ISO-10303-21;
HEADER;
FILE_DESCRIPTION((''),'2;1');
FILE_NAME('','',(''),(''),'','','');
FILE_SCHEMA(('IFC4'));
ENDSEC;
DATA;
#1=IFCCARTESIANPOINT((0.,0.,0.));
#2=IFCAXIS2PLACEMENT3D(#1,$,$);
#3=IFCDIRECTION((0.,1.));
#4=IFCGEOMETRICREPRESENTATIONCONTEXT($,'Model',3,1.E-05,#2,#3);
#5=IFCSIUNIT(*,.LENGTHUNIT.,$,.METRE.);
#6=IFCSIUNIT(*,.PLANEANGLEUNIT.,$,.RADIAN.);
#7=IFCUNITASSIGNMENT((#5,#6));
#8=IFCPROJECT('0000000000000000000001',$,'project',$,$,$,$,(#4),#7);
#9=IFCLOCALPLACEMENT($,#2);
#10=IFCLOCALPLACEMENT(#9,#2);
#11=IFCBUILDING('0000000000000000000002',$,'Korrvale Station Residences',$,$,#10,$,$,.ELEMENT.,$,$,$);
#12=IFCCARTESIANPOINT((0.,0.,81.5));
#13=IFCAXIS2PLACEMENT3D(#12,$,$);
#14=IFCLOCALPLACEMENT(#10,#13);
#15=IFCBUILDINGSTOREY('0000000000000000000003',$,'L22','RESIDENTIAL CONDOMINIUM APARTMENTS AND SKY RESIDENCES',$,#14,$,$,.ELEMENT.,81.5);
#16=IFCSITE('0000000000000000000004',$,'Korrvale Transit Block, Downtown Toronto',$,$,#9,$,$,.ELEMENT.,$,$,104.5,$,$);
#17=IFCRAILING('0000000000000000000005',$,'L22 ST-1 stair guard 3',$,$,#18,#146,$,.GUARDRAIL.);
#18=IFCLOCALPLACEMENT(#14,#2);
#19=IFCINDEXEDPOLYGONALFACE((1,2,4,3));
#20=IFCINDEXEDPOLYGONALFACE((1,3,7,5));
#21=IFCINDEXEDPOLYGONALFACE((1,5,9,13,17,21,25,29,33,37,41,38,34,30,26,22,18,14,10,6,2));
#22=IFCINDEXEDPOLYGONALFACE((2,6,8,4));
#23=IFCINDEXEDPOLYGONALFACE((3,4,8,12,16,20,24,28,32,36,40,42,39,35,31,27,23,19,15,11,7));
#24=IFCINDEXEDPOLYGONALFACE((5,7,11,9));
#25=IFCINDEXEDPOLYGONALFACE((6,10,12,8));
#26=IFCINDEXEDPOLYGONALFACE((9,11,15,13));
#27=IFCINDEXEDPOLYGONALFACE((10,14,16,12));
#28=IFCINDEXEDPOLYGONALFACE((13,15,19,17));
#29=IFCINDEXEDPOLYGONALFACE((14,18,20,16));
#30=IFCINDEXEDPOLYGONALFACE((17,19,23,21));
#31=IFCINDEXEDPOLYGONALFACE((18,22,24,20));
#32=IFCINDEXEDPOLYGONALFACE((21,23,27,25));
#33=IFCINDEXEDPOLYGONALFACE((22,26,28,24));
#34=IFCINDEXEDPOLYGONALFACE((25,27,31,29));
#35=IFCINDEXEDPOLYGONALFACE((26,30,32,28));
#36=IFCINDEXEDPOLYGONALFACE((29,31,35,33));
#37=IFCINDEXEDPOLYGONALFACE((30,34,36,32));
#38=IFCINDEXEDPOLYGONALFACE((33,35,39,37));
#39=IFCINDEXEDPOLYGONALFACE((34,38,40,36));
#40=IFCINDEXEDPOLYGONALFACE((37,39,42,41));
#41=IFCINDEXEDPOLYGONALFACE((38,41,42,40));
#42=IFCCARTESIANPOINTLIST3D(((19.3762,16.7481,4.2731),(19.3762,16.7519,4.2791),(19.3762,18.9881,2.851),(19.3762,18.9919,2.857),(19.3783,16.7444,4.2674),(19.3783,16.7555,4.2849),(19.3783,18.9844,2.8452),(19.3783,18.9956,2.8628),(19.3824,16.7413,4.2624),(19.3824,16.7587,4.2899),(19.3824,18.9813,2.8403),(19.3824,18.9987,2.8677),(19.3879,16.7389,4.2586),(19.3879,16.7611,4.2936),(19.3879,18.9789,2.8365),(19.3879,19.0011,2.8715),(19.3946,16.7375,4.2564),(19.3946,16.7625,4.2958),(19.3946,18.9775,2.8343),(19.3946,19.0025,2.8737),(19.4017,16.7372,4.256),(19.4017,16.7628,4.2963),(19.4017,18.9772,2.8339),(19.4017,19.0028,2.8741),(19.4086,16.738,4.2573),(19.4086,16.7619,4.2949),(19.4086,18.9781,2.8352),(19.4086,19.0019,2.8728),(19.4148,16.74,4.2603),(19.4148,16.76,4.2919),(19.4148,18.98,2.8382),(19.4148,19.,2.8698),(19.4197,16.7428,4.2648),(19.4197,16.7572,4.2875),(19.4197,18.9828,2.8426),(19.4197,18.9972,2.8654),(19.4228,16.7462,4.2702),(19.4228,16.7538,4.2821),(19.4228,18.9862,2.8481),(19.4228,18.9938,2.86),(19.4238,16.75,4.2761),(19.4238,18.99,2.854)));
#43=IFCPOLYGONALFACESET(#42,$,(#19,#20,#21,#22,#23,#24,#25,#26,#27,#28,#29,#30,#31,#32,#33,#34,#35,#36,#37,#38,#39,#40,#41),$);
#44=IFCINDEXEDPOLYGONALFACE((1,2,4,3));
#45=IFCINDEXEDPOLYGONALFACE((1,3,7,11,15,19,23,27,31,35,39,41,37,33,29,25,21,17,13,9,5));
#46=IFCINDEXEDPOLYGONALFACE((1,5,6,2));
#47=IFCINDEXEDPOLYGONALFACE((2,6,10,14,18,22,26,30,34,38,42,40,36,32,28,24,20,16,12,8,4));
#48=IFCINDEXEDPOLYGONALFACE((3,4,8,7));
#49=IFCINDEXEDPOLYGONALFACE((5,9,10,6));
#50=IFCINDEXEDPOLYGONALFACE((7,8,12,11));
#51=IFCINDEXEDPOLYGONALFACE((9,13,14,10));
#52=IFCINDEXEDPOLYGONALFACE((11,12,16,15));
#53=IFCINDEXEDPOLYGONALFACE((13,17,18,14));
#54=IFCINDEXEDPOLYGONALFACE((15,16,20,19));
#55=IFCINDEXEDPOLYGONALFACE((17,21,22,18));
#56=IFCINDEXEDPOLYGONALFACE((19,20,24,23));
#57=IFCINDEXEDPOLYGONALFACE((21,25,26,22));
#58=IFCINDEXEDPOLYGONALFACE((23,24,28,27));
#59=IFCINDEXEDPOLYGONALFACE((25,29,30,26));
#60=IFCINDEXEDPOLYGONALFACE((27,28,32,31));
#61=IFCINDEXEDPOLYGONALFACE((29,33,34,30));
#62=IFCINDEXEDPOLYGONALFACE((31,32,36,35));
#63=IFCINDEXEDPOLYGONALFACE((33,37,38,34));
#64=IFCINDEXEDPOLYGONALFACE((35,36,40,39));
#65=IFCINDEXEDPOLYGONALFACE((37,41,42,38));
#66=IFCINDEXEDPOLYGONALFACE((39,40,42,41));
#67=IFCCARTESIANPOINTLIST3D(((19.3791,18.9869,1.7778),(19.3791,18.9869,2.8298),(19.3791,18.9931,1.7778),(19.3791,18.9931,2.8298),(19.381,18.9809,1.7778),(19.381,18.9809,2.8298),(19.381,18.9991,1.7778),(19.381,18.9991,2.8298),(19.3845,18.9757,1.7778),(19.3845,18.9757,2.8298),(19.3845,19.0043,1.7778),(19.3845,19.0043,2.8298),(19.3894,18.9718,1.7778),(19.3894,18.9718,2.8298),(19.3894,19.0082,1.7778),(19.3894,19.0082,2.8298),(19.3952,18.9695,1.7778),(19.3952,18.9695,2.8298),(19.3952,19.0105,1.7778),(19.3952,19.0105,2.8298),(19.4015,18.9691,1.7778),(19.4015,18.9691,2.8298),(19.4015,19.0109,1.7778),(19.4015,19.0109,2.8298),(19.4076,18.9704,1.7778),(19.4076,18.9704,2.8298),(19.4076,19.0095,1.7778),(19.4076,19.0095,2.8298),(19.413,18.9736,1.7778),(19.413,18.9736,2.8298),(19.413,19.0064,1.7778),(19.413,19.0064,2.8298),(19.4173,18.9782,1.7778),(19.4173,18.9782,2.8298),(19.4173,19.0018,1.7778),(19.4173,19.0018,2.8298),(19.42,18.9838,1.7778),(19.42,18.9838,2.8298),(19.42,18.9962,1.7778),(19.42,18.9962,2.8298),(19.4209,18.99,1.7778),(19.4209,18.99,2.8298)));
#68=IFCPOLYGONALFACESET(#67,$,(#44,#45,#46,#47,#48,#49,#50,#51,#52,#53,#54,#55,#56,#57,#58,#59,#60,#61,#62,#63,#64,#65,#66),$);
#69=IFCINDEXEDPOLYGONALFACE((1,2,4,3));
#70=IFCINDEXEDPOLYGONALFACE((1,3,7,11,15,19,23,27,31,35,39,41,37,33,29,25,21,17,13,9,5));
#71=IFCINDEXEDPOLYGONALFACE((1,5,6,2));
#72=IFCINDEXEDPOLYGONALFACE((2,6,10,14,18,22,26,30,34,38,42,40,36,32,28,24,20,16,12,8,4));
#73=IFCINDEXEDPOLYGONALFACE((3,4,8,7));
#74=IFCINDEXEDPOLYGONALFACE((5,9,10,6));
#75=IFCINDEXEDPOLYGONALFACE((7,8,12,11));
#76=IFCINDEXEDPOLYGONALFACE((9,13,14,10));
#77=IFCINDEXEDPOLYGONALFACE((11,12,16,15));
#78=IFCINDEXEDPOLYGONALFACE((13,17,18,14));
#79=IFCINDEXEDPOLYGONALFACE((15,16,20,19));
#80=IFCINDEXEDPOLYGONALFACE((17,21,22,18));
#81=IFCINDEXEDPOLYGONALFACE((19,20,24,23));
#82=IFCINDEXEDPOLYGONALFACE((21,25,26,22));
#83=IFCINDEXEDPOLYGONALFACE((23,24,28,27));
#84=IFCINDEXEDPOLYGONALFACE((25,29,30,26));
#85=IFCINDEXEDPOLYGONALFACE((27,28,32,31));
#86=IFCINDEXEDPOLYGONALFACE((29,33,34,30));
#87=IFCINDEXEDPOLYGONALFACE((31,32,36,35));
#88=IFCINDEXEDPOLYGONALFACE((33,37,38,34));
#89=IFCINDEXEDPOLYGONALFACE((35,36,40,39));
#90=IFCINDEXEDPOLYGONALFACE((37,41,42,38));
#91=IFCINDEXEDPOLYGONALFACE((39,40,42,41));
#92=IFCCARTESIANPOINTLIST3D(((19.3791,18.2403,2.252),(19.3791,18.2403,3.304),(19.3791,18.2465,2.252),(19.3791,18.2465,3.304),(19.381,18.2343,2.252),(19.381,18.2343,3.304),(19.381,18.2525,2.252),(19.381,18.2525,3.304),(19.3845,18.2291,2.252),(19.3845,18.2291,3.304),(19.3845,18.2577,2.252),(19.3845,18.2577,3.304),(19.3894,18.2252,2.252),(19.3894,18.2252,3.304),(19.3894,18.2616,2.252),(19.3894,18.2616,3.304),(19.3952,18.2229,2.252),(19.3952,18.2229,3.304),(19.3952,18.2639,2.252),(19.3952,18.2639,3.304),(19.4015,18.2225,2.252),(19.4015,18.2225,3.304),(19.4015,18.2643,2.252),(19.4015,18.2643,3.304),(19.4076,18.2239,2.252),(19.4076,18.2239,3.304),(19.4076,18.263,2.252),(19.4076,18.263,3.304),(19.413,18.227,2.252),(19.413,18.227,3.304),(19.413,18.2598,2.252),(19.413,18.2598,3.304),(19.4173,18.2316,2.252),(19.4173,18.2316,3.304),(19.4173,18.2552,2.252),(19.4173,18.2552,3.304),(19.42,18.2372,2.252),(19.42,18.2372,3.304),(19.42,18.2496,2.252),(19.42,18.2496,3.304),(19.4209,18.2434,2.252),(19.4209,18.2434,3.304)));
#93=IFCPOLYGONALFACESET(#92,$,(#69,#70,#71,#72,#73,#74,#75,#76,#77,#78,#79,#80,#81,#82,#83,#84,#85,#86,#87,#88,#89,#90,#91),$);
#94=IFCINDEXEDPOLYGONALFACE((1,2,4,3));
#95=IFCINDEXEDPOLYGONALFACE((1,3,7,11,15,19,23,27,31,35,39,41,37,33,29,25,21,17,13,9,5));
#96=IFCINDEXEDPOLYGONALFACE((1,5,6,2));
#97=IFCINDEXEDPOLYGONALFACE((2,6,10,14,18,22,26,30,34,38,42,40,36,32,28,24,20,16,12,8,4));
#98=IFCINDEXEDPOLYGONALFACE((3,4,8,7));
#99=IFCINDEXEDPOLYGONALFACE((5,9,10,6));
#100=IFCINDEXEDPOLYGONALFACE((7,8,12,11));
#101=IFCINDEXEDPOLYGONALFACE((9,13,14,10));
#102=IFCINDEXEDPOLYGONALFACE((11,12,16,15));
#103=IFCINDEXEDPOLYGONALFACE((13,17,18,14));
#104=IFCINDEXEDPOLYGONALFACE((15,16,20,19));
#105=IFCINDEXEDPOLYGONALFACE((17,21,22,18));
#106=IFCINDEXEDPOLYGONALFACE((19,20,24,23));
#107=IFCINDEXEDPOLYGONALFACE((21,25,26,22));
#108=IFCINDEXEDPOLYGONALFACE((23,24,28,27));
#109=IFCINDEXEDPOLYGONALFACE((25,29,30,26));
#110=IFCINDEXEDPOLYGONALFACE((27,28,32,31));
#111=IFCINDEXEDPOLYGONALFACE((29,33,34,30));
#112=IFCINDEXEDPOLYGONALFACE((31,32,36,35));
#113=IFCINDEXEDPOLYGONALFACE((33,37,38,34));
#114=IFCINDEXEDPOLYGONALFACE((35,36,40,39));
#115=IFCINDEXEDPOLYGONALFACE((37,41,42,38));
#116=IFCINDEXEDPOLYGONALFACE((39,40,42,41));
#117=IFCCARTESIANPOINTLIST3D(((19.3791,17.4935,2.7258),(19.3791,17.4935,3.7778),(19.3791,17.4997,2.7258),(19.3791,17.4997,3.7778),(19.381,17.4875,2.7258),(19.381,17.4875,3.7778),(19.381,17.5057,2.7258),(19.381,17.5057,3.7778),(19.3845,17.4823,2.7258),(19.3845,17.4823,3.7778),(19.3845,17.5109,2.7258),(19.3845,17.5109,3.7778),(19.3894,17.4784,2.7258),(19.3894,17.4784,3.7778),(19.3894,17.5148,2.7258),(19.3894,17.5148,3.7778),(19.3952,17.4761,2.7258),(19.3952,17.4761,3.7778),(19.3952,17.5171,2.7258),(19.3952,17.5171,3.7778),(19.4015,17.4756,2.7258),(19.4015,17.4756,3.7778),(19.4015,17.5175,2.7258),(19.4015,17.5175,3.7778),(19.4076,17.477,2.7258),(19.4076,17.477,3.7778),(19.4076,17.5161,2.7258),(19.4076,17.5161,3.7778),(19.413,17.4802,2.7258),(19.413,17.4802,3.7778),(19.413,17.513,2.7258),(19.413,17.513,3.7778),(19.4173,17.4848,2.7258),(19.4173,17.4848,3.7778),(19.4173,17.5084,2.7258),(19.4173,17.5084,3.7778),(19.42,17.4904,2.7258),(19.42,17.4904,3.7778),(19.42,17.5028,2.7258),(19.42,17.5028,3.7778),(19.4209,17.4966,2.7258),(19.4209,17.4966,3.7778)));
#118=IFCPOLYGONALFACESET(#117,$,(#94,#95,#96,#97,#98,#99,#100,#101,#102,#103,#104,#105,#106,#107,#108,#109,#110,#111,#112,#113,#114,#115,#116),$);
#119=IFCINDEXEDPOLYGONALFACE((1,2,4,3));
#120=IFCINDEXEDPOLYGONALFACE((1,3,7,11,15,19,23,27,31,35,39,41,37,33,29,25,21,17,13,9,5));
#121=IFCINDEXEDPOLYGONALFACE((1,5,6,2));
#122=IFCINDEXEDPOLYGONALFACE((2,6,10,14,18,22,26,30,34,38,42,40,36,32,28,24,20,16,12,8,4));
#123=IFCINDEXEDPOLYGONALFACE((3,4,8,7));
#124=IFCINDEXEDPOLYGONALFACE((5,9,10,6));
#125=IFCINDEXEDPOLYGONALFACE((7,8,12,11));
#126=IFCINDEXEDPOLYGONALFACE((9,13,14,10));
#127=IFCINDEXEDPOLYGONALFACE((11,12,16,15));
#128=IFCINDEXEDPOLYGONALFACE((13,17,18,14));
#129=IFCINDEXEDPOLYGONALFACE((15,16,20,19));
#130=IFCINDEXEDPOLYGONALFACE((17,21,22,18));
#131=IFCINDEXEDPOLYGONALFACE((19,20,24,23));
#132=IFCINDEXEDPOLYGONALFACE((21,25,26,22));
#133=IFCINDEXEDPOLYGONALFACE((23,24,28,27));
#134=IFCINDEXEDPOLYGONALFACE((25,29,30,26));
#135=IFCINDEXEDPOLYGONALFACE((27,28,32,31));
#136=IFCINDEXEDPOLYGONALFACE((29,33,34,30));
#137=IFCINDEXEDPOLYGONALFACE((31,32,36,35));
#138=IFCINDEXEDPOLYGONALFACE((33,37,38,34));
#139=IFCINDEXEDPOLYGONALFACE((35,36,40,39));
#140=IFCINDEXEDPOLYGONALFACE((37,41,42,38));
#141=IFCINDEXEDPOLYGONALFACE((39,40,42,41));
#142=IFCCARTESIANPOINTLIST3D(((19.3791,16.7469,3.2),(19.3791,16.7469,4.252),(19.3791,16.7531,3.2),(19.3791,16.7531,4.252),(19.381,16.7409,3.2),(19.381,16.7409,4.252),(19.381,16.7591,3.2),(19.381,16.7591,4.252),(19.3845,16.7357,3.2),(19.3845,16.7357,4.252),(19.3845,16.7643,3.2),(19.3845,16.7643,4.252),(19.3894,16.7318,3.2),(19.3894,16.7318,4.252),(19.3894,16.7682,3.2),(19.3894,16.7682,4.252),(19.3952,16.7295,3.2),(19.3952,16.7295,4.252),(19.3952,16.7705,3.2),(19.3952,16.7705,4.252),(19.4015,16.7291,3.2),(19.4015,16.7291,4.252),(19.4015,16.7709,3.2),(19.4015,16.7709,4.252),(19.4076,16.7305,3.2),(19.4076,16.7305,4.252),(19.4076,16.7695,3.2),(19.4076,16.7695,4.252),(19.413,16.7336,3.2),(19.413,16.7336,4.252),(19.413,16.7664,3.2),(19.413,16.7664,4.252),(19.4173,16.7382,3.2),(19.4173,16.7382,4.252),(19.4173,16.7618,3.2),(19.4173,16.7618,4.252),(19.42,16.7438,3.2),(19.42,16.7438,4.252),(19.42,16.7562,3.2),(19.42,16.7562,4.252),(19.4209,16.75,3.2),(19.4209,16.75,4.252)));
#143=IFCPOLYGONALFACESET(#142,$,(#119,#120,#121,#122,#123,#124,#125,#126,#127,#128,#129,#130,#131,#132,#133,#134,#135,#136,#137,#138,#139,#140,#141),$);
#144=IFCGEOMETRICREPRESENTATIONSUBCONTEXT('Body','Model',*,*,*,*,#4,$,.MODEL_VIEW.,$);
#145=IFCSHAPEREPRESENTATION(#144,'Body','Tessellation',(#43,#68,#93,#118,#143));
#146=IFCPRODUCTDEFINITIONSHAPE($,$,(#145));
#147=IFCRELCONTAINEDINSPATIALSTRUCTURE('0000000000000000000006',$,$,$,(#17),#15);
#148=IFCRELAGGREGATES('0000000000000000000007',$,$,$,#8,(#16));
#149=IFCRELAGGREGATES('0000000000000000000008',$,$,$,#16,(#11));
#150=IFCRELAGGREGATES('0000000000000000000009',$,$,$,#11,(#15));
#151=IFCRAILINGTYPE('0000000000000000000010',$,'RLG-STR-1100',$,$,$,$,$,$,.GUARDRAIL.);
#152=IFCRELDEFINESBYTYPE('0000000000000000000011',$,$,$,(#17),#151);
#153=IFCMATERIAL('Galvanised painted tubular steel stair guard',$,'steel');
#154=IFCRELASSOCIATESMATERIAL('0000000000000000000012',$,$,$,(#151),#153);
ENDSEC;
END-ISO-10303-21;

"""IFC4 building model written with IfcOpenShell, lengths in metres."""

from ifc_helpers import new_model, si_unit, direction, frame, origin, origin_2d, place, context, subcontext, project, spatial, circle, extrude, material, type_object, element, save


model = new_model("IFC4")

# Units and contexts
model_context = context("Model", 3, precision=1e-05, world=origin(), true_north=direction((0.0, 1.0)))
body_context = subcontext(model_context, "Body", "Model", "MODEL_VIEW")
ifc_project = project(units=[si_unit("LENGTHUNIT", "METRE"), si_unit("PLANEANGLEUNIT", "RADIAN")], contexts=[model_context])

# Site, building, storey
site_placement = place(None, origin())
site = spatial("IfcSite", under=ifc_project, at=site_placement, Name="Korrvale Transit Block, Downtown Toronto", CompositionType="ELEMENT", RefElevation=104.5)
building_placement = place(site_placement, origin())
building = spatial("IfcBuilding", under=site, at=building_placement, Name="Korrvale Station Residences", CompositionType="ELEMENT")
storey_placement = place(building_placement, frame((0.0, 0.0, 81.5)))
storey = spatial("IfcBuildingStorey", under=building, at=storey_placement, Name="L22", Description="RESIDENTIAL CONDOMINIUM APARTMENTS AND SKY RESIDENCES", CompositionType="ELEMENT", Elevation=81.5)

# Railing
ifc_material_1 = material(Name="Galvanised painted tubular steel stair guard", Category="steel")
railing_type_1 = type_object("IfcRailingType", Name="RLG-STR-1100", PredefinedType="GUARDRAIL", material=ifc_material_1)
railing_1_placement = place(storey_placement, frame((19.3999, 18.99, 1.7778)))
element("IfcRailing", 1, at=railing_1_placement, inside=storey, type_object=railing_type_1, Name="L22 ST-1 stair guard 3", PredefinedType="GUARDRAIL", context=body_context, shape_type="SweptSolid", body=[
    extrude(circle(Radius=0.0239, at=origin_2d()), frame((0.0, 0.0, 1.0762), z_axis=(0.0, -0.844229, 0.535982), x_axis=(1.0, 0.0, 0.0)), (0.0, 0.0, 1.0), 2.6533),
    extrude(circle(Radius=0.021, at=origin_2d()), origin(), (0.0, 0.0, 1.0), 1.052),
    extrude(circle(Radius=0.021, at=origin_2d()), frame((0.0, -0.7466, 0.4741)), (0.0, 0.0, 1.0), 1.052),
    extrude(circle(Radius=0.021, at=origin_2d()), frame((0.0, -1.4934, 0.948)), (0.0, 0.0, 1.0), 1.052),
    extrude(circle(Radius=0.021, at=origin_2d()), frame((0.0, -2.24, 1.4221)), (0.0, 0.0, 1.0), 1.052),
])

save(model, "model.ifc")
